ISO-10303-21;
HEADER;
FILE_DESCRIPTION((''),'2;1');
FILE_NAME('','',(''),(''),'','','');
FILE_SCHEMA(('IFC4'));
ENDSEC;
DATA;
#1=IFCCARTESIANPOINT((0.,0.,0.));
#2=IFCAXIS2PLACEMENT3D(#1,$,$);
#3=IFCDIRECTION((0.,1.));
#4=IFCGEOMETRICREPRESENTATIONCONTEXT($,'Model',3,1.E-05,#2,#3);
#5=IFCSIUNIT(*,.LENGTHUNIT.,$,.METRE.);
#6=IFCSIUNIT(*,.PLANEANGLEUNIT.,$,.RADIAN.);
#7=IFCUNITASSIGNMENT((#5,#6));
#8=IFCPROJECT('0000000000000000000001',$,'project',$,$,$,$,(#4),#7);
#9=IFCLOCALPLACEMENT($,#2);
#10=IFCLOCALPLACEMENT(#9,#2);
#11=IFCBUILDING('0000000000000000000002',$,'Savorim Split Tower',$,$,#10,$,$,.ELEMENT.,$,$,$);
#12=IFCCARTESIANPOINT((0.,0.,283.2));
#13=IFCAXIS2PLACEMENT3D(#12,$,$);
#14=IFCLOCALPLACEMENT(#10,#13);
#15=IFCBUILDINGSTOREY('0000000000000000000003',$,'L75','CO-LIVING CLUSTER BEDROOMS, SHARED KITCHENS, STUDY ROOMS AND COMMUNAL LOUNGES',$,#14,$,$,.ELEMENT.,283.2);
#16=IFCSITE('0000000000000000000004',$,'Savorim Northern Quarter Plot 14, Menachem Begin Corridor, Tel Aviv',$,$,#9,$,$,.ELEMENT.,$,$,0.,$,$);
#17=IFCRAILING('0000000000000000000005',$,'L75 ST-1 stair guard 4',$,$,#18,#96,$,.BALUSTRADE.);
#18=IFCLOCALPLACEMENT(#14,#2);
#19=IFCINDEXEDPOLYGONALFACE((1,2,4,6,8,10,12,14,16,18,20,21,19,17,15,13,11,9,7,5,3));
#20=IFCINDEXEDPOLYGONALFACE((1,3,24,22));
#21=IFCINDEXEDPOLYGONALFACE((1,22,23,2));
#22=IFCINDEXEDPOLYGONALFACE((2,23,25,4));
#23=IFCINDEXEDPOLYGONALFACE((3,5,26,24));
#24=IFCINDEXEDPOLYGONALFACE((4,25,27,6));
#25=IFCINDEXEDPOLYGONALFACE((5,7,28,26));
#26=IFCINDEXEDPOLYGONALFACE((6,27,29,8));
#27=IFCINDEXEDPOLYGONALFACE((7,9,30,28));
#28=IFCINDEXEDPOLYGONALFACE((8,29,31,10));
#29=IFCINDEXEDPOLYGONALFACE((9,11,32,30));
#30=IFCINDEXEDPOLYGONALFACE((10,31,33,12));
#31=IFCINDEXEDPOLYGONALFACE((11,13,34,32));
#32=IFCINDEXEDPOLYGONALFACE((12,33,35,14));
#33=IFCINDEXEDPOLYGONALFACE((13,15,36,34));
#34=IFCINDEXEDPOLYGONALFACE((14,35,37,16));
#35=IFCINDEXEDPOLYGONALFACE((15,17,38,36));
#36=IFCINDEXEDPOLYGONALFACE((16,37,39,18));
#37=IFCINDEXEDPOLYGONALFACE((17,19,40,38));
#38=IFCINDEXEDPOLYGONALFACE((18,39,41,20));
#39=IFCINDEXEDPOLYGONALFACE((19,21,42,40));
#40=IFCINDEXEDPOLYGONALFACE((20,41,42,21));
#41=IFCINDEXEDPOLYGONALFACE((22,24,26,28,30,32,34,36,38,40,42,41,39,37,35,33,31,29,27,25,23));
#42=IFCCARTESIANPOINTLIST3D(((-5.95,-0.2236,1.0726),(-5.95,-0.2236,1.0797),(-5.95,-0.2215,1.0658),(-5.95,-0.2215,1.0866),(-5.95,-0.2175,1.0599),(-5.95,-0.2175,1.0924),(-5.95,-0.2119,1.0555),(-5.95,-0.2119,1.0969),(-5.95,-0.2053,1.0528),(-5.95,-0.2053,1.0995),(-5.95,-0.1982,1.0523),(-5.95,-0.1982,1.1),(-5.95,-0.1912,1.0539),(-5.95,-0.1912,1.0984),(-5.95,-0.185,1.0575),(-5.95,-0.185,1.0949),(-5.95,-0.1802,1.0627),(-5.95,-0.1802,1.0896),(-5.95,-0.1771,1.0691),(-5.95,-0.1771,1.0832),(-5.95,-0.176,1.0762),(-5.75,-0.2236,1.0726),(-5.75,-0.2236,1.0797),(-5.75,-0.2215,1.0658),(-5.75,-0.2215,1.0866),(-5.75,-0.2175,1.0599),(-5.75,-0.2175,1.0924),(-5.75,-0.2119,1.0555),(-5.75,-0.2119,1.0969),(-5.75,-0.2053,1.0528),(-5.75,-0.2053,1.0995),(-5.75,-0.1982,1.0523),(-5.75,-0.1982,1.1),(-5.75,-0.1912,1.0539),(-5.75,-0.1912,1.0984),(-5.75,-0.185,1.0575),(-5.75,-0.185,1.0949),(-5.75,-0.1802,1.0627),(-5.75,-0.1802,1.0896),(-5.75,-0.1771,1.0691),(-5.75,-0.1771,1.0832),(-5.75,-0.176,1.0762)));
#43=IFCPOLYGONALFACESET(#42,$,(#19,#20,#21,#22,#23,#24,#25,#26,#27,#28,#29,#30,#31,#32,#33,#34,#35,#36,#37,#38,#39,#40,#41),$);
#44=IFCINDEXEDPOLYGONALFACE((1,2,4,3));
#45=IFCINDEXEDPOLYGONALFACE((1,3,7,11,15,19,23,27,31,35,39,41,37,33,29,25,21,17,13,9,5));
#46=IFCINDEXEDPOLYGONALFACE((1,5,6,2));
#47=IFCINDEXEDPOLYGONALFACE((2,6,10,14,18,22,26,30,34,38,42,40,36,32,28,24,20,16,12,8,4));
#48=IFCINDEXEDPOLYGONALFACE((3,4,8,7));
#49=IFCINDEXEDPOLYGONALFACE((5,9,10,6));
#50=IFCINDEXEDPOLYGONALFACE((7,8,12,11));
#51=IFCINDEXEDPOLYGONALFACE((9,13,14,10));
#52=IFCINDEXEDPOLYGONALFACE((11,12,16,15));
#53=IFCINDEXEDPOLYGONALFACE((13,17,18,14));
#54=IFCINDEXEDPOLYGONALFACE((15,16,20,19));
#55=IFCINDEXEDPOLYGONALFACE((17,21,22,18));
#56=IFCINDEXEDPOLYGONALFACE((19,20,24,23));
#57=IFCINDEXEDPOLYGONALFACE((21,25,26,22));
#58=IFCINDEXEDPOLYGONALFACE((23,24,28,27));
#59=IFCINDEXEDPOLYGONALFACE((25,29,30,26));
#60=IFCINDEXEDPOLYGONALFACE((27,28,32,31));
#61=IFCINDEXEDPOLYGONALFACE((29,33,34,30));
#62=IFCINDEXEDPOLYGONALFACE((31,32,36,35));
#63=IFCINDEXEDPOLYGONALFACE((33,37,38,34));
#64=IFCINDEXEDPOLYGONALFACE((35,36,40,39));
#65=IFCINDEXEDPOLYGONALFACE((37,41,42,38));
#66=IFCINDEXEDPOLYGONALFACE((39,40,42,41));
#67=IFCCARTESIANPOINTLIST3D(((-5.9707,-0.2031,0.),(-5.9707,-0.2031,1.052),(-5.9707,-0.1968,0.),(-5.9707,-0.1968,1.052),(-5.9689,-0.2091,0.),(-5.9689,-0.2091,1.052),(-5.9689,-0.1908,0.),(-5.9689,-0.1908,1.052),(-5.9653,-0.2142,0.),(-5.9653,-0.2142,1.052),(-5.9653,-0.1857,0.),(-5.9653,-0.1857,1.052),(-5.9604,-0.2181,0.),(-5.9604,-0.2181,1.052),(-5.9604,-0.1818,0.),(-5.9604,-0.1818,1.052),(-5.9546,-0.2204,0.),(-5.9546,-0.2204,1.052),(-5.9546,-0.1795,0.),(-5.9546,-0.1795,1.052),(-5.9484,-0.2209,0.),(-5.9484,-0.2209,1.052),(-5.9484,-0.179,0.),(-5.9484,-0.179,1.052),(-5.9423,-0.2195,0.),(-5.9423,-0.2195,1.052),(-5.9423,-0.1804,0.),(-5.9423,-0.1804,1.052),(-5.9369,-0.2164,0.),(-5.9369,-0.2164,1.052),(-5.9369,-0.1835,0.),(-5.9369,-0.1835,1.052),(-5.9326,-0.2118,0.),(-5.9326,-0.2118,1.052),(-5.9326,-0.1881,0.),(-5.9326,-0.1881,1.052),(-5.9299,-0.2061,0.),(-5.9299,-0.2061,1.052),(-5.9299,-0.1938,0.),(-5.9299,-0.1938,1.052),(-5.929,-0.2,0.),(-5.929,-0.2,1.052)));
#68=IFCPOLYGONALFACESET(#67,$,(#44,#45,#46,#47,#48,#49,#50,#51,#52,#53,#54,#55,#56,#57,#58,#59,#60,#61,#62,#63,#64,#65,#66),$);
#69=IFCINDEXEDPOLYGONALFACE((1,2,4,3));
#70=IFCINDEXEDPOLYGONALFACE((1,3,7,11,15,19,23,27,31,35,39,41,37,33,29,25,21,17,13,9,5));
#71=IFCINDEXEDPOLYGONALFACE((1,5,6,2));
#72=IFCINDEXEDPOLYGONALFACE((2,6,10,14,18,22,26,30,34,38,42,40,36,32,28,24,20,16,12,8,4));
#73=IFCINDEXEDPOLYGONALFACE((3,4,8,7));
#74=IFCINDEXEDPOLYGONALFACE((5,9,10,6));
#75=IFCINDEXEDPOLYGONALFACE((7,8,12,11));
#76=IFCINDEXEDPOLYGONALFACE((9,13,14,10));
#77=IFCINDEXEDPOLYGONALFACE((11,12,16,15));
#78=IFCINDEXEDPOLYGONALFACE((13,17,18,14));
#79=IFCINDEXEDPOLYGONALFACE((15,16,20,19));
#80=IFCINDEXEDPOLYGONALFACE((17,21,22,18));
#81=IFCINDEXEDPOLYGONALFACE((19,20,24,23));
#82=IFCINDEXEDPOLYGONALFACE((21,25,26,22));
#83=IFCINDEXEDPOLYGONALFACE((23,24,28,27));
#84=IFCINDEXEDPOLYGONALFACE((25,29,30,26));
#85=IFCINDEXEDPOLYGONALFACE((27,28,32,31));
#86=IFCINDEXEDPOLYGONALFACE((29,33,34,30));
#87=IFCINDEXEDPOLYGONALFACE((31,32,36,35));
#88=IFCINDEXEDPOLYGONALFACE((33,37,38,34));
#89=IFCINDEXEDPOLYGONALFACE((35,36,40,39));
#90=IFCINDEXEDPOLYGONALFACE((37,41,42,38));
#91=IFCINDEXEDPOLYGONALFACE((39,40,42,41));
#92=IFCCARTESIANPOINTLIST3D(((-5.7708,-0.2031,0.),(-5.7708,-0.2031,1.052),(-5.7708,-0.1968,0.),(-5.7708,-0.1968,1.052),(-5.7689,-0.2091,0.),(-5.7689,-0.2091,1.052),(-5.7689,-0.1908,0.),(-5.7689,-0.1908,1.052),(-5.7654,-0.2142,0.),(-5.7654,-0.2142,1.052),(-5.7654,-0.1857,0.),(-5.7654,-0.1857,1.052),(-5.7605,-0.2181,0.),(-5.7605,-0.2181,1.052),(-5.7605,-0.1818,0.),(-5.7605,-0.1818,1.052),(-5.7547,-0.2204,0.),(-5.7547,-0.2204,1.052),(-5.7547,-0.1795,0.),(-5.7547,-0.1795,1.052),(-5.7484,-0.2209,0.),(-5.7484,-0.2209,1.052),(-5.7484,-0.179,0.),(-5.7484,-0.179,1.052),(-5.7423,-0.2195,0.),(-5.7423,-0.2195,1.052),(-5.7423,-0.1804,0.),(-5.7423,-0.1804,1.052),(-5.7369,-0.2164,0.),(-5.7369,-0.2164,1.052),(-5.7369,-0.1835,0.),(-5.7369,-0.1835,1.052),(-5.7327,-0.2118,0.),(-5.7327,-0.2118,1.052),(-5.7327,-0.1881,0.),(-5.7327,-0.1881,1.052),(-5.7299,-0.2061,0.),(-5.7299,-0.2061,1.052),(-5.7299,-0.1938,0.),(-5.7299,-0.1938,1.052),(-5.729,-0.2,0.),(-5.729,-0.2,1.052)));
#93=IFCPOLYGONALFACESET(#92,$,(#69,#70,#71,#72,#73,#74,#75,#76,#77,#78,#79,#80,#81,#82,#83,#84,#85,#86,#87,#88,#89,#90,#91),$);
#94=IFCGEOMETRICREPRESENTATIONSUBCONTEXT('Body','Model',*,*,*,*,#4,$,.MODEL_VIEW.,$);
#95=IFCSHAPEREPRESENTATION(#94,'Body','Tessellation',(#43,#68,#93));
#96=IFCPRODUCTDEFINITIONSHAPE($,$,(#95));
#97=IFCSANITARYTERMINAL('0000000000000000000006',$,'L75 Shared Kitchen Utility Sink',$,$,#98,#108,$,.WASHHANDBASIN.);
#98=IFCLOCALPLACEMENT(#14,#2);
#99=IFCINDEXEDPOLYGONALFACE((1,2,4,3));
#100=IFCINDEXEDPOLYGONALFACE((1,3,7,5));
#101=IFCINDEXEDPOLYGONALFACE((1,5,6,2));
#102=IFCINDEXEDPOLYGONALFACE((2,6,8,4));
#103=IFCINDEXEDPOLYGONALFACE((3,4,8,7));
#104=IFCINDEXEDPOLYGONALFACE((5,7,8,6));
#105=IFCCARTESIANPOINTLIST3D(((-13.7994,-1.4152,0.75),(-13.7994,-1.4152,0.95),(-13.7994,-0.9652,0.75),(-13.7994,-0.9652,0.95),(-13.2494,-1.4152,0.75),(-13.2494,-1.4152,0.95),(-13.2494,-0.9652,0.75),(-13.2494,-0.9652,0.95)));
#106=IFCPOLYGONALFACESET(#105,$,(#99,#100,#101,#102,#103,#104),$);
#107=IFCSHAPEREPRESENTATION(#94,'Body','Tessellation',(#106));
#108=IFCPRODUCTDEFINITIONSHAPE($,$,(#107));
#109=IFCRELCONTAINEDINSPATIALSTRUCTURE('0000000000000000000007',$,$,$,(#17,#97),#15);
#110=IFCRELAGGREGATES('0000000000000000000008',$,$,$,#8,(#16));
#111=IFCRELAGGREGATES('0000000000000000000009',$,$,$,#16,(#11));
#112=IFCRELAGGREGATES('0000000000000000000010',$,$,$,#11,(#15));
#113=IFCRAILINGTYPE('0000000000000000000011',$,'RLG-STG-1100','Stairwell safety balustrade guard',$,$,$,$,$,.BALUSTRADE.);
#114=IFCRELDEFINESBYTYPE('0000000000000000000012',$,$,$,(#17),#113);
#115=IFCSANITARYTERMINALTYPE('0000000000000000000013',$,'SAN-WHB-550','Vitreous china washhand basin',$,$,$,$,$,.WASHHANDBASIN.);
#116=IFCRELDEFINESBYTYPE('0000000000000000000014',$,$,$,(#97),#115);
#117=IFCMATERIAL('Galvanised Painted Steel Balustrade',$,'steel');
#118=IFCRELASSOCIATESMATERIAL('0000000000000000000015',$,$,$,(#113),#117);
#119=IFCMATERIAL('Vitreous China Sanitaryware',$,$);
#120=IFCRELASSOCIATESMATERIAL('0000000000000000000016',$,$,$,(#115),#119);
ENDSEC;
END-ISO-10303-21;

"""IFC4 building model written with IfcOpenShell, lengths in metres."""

from ifc_helpers import new_model, si_unit, direction, frame, origin, origin_2d, place, context, subcontext, project, spatial, rectangle, circle, extrude, material, type_object, element, save


model = new_model("IFC4")

# Units and contexts
model_context = context("Model", 3, precision=1e-05, world=origin(), true_north=direction((0.0, 1.0)))
body_context = subcontext(model_context, "Body", "Model", "MODEL_VIEW")
ifc_project = project(units=[si_unit("LENGTHUNIT", "METRE"), si_unit("PLANEANGLEUNIT", "RADIAN")], contexts=[model_context])

# Site, building, storey
site_placement = place(None, origin())
site = spatial("IfcSite", under=ifc_project, at=site_placement, Name="Savorim Northern Quarter Plot 14, Menachem Begin Corridor, Tel Aviv", CompositionType="ELEMENT", RefElevation=0.0)
building_placement = place(site_placement, origin())
building = spatial("IfcBuilding", under=site, at=building_placement, Name="Savorim Split Tower", CompositionType="ELEMENT")
storey_placement = place(building_placement, frame((0.0, 0.0, 283.2)))
storey = spatial("IfcBuildingStorey", under=building, at=storey_placement, Name="L75", Description="CO-LIVING CLUSTER BEDROOMS, SHARED KITCHENS, STUDY ROOMS AND COMMUNAL LOUNGES", CompositionType="ELEMENT", Elevation=283.2)

# Railing
ifc_material_1 = material(Name="Galvanised Painted Steel Balustrade", Category="steel")
railing_type_1 = type_object("IfcRailingType", Name="RLG-STG-1100", Description="Stairwell safety balustrade guard", PredefinedType="BALUSTRADE", material=ifc_material_1)
railing_1_placement = place(storey_placement, frame((-5.95, -0.2, 0.0)))
element("IfcRailing", 1, at=railing_1_placement, inside=storey, type_object=railing_type_1, Name="L75 ST-1 stair guard 4", PredefinedType="BALUSTRADE", context=body_context, shape_type="SweptSolid", body=[
    extrude(circle(Radius=0.0239, at=origin_2d()), frame((0.0, 0.0, 1.0762), z_axis=(1.0, 0.0, 0.0), x_axis=(0.0, 1.0, 0.0)), (0.0, 0.0, 1.0), 0.2),
    extrude(circle(Radius=0.021, at=origin_2d()), origin(), (0.0, 0.0, 1.0), 1.052),
    extrude(circle(Radius=0.021, at=origin_2d()), frame((0.2, 0.0, 0.0)), (0.0, 0.0, 1.0), 1.052),
])

# Sanitary terminal
ifc_material_2 = material(Name="Vitreous China Sanitaryware")
sanitary_terminal_type = type_object("IfcSanitaryTerminalType", Name="SAN-WHB-550", Description="Vitreous china washhand basin", PredefinedType="WASHHANDBASIN", material=ifc_material_2)
sanitary_terminal_placement = place(storey_placement, frame((-13.5244, -1.1902, 0.75), z_axis=(0.0, 0.0, 1.0), x_axis=(1.0, 0.0, 0.0)))
element("IfcSanitaryTerminal", 2, at=sanitary_terminal_placement, inside=storey, type_object=sanitary_terminal_type, Name="L75 Shared Kitchen Utility Sink", PredefinedType="WASHHANDBASIN", context=body_context, shape_type="SweptSolid", body=[
    extrude(rectangle(XDim=0.55, YDim=0.45, at=origin_2d()), origin(), (0.0, 0.0, 1.0), 0.2),
])

save(model, "model.ifc")
